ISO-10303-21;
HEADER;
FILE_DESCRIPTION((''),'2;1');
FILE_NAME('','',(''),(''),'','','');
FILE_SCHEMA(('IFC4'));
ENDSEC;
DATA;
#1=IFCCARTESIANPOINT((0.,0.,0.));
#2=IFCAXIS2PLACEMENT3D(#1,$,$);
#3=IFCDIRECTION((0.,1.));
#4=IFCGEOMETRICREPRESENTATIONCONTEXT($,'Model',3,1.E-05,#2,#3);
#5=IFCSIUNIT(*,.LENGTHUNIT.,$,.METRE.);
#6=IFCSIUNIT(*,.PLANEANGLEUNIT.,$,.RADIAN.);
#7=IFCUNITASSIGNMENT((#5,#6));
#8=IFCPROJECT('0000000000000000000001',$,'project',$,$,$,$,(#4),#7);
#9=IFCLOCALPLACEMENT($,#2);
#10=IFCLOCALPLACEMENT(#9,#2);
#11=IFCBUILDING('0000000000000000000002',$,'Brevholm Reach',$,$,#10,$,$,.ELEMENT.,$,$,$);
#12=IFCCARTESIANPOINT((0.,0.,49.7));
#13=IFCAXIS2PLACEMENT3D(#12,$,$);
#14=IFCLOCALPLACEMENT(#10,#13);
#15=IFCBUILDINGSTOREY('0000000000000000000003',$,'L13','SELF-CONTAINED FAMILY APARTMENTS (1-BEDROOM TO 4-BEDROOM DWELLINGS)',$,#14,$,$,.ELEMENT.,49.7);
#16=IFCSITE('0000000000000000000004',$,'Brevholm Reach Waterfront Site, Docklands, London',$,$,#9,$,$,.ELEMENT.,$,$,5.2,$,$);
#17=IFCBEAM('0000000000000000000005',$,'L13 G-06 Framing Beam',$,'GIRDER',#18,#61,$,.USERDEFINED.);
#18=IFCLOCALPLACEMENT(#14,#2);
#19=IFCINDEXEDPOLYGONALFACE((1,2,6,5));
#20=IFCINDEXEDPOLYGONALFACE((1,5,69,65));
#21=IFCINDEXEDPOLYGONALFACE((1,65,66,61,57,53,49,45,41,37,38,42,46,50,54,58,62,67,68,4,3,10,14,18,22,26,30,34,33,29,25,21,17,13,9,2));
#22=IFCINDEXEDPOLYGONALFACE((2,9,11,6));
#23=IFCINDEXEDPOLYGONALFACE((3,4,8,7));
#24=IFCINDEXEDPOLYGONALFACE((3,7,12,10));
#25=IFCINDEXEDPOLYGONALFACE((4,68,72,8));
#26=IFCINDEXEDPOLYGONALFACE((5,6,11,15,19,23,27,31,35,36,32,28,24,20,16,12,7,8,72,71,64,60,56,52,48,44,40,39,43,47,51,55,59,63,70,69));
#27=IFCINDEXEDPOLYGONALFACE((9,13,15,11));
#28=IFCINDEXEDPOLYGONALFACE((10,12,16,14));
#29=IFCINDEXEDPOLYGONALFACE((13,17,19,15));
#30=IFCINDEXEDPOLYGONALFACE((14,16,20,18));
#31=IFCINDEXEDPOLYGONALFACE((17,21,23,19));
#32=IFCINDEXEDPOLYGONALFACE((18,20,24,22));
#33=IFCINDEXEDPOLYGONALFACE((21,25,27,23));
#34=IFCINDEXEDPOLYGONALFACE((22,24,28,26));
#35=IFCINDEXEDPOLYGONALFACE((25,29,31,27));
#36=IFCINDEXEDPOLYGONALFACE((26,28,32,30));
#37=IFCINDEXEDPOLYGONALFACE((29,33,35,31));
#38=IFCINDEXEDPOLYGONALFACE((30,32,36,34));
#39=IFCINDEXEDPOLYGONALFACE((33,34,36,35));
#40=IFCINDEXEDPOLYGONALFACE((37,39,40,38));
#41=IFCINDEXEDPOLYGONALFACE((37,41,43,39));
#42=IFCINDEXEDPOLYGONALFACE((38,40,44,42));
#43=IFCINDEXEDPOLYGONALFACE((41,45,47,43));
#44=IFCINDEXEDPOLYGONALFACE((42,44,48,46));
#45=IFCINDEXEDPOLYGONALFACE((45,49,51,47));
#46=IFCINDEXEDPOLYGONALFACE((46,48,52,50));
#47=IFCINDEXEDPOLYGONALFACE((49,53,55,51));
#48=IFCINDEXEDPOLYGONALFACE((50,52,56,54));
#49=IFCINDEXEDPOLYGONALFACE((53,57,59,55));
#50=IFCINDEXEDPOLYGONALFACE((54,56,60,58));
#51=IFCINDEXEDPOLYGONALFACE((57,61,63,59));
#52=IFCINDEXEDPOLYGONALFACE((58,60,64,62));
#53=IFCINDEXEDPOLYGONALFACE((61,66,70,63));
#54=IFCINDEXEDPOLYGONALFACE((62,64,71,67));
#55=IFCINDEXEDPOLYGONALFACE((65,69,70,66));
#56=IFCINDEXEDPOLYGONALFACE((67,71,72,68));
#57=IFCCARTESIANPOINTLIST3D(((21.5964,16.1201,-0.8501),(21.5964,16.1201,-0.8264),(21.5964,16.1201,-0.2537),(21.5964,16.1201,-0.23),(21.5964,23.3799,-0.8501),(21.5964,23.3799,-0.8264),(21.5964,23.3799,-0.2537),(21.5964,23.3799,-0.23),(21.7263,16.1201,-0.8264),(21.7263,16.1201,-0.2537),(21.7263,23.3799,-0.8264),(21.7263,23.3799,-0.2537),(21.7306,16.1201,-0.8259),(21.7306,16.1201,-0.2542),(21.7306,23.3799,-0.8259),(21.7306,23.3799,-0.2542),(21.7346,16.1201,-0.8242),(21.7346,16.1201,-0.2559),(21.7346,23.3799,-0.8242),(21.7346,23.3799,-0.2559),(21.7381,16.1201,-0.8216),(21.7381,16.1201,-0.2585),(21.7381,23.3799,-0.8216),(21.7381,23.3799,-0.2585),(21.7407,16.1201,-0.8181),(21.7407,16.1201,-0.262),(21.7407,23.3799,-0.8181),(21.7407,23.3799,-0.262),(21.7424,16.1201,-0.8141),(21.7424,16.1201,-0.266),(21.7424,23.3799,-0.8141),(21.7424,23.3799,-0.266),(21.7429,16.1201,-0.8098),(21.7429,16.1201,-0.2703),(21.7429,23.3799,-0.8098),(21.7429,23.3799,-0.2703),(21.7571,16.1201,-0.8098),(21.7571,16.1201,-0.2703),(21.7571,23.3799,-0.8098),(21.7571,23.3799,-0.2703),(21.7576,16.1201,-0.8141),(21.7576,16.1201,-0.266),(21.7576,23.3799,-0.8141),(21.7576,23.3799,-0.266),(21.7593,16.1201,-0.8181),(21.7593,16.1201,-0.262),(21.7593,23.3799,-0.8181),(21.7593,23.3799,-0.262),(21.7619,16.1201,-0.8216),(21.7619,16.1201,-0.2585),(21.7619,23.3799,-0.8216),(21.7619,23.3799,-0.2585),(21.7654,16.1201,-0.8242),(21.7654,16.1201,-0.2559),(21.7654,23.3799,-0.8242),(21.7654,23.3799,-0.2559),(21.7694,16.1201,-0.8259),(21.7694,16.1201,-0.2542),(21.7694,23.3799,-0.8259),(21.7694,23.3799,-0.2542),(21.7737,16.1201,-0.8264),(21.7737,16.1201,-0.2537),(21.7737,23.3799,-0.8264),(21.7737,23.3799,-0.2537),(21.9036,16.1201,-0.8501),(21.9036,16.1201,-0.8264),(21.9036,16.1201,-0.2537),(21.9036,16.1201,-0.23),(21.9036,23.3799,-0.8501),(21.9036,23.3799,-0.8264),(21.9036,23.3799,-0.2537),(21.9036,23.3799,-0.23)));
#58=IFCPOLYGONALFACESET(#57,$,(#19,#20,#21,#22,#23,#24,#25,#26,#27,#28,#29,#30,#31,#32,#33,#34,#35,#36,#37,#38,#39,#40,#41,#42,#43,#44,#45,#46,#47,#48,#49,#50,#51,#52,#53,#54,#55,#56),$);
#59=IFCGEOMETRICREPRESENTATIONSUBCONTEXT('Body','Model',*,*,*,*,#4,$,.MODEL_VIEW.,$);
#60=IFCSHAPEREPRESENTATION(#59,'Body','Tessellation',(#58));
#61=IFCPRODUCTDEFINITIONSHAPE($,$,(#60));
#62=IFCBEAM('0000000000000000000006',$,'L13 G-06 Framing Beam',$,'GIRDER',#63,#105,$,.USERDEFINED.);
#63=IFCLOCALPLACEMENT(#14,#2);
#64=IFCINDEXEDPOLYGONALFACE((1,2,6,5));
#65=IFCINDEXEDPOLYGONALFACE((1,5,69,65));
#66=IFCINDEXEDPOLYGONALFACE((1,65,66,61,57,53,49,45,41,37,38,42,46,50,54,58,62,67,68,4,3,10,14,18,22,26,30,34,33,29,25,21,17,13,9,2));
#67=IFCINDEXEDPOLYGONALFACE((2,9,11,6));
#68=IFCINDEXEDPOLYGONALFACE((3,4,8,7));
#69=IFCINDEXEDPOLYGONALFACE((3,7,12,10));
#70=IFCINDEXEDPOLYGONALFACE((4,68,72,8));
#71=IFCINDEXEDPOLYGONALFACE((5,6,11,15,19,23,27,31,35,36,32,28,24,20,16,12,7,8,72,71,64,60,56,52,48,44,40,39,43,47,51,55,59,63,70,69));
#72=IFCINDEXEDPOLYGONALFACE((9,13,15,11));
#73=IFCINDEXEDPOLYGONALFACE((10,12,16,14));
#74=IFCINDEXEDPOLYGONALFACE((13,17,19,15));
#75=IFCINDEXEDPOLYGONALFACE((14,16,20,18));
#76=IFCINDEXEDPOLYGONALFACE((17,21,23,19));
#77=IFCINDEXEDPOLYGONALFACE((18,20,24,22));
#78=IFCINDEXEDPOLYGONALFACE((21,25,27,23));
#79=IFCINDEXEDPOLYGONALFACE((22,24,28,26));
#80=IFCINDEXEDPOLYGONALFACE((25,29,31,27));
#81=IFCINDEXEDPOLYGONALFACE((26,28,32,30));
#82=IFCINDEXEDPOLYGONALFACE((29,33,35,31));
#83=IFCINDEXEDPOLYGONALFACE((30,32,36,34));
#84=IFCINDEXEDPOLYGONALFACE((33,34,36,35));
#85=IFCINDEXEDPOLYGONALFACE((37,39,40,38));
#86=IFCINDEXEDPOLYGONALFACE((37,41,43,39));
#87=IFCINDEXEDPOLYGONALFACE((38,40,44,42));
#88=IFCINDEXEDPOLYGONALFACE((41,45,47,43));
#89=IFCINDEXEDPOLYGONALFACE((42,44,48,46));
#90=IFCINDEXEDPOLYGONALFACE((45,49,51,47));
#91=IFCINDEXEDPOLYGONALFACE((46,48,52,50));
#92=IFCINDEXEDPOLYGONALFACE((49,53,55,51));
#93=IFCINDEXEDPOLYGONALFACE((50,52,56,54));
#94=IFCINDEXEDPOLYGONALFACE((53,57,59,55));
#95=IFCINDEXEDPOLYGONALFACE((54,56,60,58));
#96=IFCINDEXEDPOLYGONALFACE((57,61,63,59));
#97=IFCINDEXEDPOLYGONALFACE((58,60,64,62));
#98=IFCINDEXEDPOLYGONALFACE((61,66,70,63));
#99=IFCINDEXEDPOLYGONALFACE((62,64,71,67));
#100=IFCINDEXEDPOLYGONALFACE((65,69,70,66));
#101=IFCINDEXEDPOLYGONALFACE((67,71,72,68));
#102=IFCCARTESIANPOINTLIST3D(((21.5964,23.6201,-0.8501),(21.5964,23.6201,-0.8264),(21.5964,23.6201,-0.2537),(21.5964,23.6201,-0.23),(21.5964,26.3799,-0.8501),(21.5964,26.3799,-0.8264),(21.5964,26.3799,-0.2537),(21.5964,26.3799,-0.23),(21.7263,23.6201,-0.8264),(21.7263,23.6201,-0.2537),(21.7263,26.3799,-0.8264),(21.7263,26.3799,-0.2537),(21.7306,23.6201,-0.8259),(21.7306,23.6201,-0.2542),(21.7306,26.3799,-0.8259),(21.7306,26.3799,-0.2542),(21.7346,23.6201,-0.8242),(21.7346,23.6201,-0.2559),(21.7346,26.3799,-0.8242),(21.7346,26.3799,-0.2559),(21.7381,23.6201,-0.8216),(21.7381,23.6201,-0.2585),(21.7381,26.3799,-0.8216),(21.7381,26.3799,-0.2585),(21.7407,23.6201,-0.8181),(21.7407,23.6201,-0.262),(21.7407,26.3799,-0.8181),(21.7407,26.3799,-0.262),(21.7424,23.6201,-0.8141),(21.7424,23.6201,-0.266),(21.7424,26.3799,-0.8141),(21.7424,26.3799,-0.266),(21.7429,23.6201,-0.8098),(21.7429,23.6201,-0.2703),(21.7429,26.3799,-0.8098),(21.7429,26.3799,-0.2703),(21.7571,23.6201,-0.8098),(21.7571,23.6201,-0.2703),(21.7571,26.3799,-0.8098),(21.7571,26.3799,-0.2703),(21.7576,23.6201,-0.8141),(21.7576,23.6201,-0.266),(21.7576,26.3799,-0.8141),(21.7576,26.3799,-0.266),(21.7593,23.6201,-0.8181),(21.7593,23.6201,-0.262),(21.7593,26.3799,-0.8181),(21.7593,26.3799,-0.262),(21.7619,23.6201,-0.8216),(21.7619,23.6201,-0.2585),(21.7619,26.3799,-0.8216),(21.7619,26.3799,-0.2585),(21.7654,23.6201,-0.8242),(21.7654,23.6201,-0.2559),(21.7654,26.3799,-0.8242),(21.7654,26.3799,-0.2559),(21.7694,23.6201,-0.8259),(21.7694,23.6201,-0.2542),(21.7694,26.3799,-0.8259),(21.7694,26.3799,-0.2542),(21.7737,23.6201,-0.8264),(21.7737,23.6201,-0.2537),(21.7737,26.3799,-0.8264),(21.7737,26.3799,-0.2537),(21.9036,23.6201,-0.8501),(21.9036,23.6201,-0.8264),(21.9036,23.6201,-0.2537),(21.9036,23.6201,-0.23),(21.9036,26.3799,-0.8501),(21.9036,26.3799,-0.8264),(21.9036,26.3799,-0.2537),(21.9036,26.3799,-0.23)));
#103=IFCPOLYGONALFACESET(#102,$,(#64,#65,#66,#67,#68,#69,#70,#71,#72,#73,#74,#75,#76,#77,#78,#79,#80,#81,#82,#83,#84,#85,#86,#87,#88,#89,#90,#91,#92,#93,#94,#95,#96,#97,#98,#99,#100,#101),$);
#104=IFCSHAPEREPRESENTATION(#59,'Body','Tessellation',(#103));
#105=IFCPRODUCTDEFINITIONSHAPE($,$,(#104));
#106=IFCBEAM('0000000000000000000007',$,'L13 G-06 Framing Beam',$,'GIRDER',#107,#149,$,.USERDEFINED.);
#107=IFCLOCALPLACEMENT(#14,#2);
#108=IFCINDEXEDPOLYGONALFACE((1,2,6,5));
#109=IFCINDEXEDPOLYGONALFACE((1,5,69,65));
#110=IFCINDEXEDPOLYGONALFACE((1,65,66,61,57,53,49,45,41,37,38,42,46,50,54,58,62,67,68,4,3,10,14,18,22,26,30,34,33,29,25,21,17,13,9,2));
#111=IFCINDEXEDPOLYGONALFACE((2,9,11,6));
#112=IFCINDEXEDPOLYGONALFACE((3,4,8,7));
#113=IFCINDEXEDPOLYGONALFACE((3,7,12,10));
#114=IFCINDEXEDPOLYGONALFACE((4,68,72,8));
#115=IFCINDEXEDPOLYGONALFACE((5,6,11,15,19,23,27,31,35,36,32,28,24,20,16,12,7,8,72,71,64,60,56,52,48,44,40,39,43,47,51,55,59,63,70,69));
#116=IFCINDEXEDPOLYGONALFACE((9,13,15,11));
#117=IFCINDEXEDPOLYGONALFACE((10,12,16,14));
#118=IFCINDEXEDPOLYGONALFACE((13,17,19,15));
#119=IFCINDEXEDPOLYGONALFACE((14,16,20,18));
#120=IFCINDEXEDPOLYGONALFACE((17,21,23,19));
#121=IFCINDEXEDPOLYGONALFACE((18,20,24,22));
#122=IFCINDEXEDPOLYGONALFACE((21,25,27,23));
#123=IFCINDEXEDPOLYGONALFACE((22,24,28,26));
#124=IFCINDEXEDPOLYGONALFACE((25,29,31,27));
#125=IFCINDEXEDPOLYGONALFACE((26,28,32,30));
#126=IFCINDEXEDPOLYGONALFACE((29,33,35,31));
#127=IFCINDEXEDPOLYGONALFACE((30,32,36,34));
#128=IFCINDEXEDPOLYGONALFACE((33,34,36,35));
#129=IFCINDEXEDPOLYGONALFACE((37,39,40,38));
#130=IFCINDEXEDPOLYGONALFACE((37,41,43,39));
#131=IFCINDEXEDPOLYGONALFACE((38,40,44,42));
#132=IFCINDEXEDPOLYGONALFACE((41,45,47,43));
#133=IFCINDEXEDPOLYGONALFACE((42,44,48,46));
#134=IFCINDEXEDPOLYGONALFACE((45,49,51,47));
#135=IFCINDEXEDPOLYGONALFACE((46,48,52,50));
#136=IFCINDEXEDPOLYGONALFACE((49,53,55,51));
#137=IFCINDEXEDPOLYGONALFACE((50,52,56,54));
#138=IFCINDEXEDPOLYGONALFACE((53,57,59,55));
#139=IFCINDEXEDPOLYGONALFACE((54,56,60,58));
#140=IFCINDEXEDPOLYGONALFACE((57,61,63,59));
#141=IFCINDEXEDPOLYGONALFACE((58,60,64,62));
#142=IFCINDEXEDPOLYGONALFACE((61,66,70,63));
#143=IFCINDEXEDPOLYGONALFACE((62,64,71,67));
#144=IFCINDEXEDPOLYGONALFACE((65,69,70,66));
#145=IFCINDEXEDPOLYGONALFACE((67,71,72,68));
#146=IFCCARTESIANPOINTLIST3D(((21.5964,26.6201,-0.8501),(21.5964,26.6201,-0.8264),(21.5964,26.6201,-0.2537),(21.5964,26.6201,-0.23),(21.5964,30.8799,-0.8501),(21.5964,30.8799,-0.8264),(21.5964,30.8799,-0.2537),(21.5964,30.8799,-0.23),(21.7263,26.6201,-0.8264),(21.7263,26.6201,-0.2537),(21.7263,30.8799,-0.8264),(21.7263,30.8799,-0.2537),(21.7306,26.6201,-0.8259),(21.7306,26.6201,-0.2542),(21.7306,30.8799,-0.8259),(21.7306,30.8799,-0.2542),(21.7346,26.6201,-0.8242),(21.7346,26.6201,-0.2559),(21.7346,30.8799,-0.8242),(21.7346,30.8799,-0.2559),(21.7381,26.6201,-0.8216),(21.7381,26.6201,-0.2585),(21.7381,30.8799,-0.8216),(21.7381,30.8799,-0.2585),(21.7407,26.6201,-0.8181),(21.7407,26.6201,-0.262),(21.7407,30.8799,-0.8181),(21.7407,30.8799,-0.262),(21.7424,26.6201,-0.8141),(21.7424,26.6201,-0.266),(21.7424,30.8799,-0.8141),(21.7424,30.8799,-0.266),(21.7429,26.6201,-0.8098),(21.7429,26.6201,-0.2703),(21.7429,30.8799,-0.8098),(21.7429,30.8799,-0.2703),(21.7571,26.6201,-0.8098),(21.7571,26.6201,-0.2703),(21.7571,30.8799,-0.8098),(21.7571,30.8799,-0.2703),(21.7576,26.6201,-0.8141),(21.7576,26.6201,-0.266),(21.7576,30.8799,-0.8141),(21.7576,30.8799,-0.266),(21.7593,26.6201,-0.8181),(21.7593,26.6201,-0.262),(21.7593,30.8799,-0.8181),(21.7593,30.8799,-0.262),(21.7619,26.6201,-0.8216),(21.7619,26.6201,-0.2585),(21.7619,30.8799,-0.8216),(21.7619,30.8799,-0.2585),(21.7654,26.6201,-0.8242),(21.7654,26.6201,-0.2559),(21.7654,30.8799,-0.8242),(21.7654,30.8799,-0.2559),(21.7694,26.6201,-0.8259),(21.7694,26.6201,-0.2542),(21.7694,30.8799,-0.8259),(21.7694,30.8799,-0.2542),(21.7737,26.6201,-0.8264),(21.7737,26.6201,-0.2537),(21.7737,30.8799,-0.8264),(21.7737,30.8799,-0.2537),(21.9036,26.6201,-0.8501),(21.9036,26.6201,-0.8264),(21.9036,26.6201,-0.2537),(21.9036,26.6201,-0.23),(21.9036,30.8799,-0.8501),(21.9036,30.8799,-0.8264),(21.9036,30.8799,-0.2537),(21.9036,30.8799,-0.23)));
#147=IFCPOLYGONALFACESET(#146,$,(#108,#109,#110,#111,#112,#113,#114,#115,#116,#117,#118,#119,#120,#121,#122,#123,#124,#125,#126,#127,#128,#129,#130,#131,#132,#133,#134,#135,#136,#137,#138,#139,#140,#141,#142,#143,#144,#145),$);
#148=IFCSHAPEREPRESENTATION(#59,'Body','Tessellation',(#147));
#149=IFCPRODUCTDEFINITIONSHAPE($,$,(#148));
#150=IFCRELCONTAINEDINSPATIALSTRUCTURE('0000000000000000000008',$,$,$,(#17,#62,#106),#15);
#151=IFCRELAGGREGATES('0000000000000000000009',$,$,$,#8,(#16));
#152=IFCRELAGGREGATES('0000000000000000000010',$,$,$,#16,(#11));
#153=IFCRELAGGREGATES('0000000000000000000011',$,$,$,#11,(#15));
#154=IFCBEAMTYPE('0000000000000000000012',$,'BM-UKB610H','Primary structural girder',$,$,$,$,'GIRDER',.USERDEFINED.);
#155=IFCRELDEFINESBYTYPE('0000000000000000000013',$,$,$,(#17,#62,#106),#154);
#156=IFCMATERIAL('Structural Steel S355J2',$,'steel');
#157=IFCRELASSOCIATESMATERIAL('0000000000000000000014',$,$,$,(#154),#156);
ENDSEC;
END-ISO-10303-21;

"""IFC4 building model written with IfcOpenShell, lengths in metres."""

from ifc_helpers import new_model, si_unit, direction, frame, origin, origin_2d, place, context, subcontext, project, spatial, i_section, extrude, material, material_profile, profile_set, type_object, element, save


model = new_model("IFC4")

# Units and contexts
model_context = context("Model", 3, precision=1e-05, world=origin(), true_north=direction((0.0, 1.0)))
body_context = subcontext(model_context, "Body", "Model", "MODEL_VIEW")
ifc_project = project(units=[si_unit("LENGTHUNIT", "METRE"), si_unit("PLANEANGLEUNIT", "RADIAN")], contexts=[model_context])

# Site, building, storey
site_placement = place(None, origin())
site = spatial("IfcSite", under=ifc_project, at=site_placement, Name="Brevholm Reach Waterfront Site, Docklands, London", CompositionType="ELEMENT", RefElevation=5.2)
building_placement = place(site_placement, origin())
building = spatial("IfcBuilding", under=site, at=building_placement, Name="Brevholm Reach", CompositionType="ELEMENT")
storey_placement = place(building_placement, frame((0.0, 0.0, 49.7)))
storey = spatial("IfcBuildingStorey", under=building, at=storey_placement, Name="L13", Description="SELF-CONTAINED FAMILY APARTMENTS (1-BEDROOM TO 4-BEDROOM DWELLINGS)", CompositionType="ELEMENT", Elevation=49.7)

# Beams
ifc_material_1 = material(Name="Structural Steel S355J2", Category="steel")
ifc_material_profile_1 = material_profile(ifc_material_1, i_section(OverallWidth=0.3071, OverallDepth=0.6201, WebThickness=0.0142, FlangeThickness=0.0237, FilletRadius=0.0166, at=origin_2d()), Name="UKB 610x305x179")
ifc_profile_set_1 = profile_set([ifc_material_profile_1], Name="Structural Steel S355J2")
beam_type_1 = type_object("IfcBeamType", Name="BM-UKB610H", Description="Primary structural girder", ElementType="GIRDER", PredefinedType="USERDEFINED", material=ifc_profile_set_1)
beam_1_placement = place(storey_placement, frame((21.75, 16.1201, -0.54), z_axis=(0.0, 1.0, 0.0), x_axis=(-1.0, 0.0, 0.0)))
element("IfcBeam", 1, at=beam_1_placement, inside=storey, type_object=beam_type_1, Name="L13 G-06 Framing Beam", ObjectType="GIRDER", PredefinedType="USERDEFINED", context=body_context, shape_type="SweptSolid", body=[
    extrude(i_section(OverallWidth=0.3071, OverallDepth=0.6201, WebThickness=0.0142, FlangeThickness=0.0237, FilletRadius=0.0166, at=origin_2d()), origin(), (0.0, 0.0, 1.0), 7.2598),
])
beam_2_placement = place(storey_placement, frame((21.75, 23.6201, -0.54), z_axis=(0.0, 1.0, 0.0), x_axis=(-1.0, 0.0, 0.0)))
element("IfcBeam", 2, at=beam_2_placement, inside=storey, type_object=beam_type_1, Name="L13 G-06 Framing Beam", ObjectType="GIRDER", PredefinedType="USERDEFINED", context=body_context, shape_type="SweptSolid", body=[
    extrude(i_section(OverallWidth=0.3071, OverallDepth=0.6201, WebThickness=0.0142, FlangeThickness=0.0237, FilletRadius=0.0166, at=origin_2d()), origin(), (0.0, 0.0, 1.0), 2.7598),
])
beam_3_placement = place(storey_placement, frame((21.75, 26.6201, -0.54), z_axis=(0.0, 1.0, 0.0), x_axis=(-1.0, 0.0, 0.0)))
element("IfcBeam", 3, at=beam_3_placement, inside=storey, type_object=beam_type_1, Name="L13 G-06 Framing Beam", ObjectType="GIRDER", PredefinedType="USERDEFINED", context=body_context, shape_type="SweptSolid", body=[
    extrude(i_section(OverallWidth=0.3071, OverallDepth=0.6201, WebThickness=0.0142, FlangeThickness=0.0237, FilletRadius=0.0166, at=origin_2d()), origin(), (0.0, 0.0, 1.0), 4.2598),
])

save(model, "model.ifc")
